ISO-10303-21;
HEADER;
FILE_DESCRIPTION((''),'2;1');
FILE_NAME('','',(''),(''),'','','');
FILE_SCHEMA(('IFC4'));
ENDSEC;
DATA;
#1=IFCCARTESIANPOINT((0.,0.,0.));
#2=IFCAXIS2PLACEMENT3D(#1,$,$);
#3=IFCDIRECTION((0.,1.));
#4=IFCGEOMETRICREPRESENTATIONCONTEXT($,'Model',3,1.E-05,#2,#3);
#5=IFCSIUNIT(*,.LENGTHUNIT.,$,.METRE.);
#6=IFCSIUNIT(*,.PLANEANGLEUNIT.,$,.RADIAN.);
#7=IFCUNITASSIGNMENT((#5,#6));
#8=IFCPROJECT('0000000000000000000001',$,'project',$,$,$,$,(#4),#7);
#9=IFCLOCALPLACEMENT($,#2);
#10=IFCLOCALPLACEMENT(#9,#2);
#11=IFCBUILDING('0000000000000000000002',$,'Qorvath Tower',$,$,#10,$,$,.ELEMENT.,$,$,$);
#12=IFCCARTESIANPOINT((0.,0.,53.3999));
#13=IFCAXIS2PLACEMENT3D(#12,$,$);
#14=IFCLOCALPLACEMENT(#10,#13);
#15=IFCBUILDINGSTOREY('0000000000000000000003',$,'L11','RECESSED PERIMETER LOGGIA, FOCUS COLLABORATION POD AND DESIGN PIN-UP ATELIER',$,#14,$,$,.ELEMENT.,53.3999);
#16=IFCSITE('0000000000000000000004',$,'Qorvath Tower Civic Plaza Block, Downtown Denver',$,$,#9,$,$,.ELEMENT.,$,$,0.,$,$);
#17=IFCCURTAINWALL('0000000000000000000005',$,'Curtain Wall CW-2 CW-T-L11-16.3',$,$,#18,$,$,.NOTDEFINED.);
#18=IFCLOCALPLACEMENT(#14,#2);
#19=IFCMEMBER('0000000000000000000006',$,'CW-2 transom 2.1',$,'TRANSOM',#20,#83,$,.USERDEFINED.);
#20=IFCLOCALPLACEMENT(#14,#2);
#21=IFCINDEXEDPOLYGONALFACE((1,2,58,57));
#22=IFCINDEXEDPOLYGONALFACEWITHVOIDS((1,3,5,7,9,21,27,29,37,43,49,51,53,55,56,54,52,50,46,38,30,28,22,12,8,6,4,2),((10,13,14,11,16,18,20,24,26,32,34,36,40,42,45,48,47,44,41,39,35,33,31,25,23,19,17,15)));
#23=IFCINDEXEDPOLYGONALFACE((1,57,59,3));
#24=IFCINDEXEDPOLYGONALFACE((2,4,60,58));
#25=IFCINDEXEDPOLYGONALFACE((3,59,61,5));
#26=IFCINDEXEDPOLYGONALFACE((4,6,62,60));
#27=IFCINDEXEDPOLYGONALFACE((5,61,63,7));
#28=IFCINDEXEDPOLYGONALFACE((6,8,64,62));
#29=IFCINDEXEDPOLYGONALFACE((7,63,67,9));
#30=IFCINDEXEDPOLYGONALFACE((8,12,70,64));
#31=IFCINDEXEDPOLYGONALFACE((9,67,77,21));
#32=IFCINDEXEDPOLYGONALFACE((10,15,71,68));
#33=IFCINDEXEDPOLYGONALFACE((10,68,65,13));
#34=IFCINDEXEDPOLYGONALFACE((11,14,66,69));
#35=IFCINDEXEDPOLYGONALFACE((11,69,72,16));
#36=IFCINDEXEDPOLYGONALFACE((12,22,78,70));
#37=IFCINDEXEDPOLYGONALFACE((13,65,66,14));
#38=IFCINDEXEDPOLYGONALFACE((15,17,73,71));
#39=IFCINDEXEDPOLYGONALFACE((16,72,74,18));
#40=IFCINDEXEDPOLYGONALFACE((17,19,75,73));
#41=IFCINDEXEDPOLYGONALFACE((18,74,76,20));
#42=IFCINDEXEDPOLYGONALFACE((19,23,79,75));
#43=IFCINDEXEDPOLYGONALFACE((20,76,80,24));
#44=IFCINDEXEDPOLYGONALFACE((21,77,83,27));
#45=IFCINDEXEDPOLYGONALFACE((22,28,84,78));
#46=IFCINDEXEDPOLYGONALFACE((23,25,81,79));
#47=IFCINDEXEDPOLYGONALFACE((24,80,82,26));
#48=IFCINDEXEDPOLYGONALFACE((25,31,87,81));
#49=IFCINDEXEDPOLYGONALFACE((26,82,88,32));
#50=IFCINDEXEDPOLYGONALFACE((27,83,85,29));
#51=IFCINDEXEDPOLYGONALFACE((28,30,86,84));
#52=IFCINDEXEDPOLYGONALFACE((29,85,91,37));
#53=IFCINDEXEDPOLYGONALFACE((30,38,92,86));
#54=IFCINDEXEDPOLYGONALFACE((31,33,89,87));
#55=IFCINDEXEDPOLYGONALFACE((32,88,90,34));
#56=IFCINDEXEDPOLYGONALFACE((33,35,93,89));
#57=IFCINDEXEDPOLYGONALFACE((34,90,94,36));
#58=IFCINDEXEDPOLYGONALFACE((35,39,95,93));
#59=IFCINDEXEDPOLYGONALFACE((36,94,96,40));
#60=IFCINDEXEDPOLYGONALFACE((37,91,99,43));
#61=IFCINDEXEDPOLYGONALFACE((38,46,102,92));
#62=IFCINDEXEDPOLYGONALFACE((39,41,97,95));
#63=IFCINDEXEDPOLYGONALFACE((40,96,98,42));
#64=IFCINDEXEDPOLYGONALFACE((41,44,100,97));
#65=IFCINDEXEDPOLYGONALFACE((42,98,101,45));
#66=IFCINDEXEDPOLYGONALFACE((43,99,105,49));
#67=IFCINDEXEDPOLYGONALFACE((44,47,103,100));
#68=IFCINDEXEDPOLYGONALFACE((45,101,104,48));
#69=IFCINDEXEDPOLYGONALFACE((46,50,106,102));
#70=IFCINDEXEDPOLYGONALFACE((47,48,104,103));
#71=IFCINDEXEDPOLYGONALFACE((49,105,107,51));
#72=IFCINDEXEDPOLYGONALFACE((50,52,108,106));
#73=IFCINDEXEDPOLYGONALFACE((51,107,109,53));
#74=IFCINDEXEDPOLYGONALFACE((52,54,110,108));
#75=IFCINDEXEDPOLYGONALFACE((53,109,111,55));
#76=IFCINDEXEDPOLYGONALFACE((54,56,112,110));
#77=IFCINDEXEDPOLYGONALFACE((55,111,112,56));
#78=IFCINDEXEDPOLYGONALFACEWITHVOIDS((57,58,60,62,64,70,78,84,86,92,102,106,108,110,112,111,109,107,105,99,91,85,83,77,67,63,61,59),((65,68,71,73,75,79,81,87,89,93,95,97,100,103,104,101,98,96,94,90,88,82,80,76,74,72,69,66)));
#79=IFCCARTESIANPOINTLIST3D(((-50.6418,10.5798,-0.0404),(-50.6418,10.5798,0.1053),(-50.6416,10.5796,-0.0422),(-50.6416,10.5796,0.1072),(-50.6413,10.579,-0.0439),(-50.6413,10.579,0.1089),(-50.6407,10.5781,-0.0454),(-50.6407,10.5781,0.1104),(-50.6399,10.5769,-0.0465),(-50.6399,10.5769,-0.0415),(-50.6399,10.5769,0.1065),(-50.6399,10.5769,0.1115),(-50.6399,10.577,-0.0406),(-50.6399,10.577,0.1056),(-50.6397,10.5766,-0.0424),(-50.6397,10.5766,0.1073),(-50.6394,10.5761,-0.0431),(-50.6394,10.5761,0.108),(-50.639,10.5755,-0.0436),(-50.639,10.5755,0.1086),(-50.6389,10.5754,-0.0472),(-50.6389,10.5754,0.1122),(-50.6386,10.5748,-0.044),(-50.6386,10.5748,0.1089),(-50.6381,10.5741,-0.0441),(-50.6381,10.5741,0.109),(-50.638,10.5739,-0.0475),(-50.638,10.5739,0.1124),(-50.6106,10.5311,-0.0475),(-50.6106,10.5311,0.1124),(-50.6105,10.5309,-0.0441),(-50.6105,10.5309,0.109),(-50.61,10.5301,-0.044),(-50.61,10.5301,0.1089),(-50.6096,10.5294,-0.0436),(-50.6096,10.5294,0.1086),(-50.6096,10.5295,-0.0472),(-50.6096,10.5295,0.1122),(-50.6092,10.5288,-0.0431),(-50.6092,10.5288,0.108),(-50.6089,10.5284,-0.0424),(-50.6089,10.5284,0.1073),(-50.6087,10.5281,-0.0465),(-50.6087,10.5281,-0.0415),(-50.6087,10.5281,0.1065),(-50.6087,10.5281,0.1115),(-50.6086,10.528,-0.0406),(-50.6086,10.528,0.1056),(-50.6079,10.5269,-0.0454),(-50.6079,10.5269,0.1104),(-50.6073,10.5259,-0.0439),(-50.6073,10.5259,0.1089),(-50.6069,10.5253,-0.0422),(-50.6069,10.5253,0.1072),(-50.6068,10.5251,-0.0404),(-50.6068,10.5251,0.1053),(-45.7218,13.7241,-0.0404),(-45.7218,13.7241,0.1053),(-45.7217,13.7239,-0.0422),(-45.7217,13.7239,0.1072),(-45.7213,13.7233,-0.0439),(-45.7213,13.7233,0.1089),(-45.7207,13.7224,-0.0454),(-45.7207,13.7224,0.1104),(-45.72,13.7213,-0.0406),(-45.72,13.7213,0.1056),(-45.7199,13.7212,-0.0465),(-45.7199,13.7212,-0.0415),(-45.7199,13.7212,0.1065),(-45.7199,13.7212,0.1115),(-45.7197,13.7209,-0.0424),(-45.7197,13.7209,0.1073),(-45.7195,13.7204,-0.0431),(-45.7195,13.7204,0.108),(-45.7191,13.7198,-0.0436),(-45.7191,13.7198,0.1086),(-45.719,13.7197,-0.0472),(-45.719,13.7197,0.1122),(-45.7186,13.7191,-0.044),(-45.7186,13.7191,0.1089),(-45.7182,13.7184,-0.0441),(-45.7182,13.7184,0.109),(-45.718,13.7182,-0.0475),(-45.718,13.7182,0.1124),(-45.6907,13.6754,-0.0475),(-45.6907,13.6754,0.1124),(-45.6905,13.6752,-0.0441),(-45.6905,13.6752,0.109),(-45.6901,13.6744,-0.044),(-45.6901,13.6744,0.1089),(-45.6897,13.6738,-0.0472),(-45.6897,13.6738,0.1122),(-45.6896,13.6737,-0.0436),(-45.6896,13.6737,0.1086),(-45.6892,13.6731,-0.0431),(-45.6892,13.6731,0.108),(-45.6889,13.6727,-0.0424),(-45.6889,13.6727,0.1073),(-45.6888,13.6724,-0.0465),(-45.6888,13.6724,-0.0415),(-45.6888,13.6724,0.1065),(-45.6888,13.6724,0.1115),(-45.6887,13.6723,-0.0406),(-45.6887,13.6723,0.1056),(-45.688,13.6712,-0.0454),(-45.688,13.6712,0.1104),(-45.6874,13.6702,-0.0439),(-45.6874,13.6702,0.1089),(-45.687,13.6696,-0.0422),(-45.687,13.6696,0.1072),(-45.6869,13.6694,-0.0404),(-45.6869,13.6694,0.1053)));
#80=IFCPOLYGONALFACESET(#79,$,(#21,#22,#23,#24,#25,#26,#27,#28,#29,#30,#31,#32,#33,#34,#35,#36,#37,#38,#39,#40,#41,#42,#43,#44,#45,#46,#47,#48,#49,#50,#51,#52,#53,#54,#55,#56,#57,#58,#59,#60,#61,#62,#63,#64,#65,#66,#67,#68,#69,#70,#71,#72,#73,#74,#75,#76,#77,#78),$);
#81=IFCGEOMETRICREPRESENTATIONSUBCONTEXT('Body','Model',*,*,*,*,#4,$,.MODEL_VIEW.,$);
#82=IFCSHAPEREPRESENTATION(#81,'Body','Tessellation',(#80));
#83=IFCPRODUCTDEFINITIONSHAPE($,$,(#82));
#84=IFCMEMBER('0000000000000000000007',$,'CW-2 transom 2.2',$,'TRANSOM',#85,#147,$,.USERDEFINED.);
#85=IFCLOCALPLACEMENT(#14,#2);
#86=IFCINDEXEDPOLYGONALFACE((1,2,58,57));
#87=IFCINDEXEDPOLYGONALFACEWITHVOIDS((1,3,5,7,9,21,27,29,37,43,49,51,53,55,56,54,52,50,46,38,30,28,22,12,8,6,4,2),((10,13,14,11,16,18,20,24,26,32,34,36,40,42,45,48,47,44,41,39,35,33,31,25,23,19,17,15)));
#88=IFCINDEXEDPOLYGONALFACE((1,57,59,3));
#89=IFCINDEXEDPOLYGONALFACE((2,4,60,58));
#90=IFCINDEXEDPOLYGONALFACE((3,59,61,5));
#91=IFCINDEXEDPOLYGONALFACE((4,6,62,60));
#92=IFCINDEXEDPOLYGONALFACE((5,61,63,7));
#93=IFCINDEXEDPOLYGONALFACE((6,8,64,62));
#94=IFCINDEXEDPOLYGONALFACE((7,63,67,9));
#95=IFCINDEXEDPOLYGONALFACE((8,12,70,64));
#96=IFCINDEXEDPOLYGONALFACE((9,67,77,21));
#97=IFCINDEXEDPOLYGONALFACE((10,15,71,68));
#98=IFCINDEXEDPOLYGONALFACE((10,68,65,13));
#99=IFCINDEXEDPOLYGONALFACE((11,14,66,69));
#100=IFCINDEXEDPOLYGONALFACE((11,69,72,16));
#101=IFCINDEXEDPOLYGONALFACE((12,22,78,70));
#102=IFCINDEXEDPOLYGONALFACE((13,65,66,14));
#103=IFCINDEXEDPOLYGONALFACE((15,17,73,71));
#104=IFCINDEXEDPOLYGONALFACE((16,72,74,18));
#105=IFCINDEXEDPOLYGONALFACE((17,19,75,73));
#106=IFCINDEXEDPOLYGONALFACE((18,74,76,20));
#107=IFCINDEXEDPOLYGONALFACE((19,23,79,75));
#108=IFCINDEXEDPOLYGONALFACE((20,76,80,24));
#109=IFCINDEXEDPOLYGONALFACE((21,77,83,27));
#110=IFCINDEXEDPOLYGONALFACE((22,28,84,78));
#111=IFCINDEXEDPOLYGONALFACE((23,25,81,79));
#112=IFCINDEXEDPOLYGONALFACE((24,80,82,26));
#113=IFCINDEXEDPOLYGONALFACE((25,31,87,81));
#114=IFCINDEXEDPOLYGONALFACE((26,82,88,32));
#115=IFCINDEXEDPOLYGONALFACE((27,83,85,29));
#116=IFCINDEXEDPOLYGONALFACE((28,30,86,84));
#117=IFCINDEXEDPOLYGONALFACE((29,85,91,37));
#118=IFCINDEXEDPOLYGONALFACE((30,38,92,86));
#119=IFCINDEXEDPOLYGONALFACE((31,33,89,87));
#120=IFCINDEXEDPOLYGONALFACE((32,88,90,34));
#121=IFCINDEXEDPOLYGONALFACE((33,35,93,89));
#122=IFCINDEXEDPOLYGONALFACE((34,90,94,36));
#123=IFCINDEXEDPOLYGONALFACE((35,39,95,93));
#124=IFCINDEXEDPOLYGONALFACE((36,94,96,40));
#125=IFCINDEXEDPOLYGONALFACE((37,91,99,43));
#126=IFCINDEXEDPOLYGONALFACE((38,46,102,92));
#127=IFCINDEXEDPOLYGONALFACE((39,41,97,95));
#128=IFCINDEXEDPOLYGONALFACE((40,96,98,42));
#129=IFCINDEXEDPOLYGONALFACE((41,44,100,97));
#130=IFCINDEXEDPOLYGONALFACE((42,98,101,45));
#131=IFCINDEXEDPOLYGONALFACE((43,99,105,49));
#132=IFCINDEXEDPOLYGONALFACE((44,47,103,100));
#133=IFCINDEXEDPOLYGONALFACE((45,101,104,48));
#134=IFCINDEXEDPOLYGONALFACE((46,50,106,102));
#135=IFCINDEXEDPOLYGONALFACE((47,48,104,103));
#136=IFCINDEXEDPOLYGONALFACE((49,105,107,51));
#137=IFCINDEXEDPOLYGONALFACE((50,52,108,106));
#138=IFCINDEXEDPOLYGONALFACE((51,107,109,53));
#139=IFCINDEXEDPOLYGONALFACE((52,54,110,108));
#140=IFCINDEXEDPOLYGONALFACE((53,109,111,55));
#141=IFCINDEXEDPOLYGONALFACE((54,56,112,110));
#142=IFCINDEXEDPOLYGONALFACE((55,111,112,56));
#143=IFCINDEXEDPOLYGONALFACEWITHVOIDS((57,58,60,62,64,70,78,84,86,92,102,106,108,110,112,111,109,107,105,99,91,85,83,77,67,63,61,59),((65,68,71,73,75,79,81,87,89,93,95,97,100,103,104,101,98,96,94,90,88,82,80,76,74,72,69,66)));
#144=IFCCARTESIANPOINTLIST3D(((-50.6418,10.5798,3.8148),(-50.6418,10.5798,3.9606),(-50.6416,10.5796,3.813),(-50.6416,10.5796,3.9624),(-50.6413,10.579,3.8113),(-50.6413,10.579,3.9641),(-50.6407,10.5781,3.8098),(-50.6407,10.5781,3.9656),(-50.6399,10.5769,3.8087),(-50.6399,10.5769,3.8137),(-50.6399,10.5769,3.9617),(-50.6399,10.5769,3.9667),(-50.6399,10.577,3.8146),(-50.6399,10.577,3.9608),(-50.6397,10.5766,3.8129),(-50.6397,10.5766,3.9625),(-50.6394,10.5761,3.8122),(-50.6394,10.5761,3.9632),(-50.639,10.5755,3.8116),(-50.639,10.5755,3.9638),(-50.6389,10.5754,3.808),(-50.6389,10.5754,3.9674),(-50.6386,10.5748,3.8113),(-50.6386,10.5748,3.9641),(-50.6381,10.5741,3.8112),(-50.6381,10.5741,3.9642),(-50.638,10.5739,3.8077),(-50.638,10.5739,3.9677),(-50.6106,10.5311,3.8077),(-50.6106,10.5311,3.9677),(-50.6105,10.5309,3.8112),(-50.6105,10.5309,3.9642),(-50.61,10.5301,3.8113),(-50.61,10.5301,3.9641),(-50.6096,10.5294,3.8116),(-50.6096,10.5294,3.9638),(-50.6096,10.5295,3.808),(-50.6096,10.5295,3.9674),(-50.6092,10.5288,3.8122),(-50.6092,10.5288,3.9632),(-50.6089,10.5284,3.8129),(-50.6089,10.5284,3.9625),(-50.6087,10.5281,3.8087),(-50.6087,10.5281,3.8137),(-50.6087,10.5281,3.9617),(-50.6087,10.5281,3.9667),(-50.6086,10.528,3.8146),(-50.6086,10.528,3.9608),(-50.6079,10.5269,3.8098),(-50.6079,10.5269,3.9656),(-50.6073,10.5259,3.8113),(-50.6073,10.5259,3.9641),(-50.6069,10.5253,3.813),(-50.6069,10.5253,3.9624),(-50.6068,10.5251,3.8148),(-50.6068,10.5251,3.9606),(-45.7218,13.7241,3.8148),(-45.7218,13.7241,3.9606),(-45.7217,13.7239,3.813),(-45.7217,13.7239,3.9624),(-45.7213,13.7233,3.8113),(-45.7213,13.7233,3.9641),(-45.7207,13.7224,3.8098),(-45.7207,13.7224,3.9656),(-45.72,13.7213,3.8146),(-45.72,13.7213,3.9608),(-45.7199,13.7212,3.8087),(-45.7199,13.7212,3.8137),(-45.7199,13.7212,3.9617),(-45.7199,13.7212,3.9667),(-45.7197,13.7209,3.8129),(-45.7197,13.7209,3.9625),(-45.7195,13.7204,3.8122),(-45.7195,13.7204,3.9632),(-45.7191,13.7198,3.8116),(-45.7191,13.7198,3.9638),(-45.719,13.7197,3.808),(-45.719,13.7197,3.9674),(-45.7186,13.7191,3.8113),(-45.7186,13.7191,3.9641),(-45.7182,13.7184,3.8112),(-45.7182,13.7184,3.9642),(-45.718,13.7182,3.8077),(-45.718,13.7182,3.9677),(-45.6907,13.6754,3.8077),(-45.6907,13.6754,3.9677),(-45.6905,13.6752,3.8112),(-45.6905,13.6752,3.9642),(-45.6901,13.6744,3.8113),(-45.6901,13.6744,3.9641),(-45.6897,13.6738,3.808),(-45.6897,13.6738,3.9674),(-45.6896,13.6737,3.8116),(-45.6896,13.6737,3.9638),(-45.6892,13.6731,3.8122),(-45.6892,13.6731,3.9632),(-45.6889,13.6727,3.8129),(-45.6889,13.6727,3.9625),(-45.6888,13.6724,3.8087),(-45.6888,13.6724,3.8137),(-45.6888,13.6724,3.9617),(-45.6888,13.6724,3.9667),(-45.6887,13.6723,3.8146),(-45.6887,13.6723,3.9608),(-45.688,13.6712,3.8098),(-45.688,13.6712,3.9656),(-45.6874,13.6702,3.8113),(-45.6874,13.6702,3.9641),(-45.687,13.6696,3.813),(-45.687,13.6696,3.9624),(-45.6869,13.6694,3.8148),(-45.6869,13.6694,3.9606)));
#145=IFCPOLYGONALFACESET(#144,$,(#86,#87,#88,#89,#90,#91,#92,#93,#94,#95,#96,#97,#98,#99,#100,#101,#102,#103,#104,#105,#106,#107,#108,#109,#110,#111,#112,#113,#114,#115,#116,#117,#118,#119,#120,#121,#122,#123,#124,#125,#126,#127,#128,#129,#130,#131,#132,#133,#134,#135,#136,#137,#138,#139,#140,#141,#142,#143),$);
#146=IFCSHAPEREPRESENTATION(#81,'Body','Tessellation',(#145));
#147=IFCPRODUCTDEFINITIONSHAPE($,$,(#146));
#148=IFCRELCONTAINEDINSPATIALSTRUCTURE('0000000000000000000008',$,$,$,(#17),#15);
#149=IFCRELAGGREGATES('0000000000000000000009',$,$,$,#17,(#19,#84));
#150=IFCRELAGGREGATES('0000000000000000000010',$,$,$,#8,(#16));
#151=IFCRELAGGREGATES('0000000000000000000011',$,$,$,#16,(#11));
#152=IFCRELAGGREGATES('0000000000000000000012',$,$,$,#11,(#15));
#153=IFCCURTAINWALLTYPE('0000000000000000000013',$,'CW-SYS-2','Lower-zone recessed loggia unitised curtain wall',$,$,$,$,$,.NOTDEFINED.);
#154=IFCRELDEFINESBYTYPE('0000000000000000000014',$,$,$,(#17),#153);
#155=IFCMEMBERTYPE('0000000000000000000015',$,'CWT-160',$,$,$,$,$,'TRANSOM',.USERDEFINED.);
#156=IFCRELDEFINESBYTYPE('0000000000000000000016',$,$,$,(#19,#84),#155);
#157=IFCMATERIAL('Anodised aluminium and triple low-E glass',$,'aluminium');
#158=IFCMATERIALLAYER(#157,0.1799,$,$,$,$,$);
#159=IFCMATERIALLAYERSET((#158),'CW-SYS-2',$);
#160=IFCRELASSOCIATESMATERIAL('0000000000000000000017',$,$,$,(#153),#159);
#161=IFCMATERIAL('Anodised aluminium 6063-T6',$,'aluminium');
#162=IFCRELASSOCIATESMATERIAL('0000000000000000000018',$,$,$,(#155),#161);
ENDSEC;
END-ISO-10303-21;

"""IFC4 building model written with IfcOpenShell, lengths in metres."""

from ifc_helpers import new_model, si_unit, direction, frame, origin, origin_2d, place, context, subcontext, project, spatial, hollow_rectangle, extrude, material, layer, layer_set, material_profile, profile_set, type_object, element, aggregate, save


model = new_model("IFC4")

# Units and contexts
model_context = context("Model", 3, precision=1e-05, world=origin(), true_north=direction((0.0, 1.0)))
body_context = subcontext(model_context, "Body", "Model", "MODEL_VIEW")
ifc_project = project(units=[si_unit("LENGTHUNIT", "METRE"), si_unit("PLANEANGLEUNIT", "RADIAN")], contexts=[model_context])

# Site, building, storey
site_placement = place(None, origin())
site = spatial("IfcSite", under=ifc_project, at=site_placement, Name="Qorvath Tower Civic Plaza Block, Downtown Denver", CompositionType="ELEMENT", RefElevation=0.0)
building_placement = place(site_placement, origin())
building = spatial("IfcBuilding", under=site, at=building_placement, Name="Qorvath Tower", CompositionType="ELEMENT")
storey_placement = place(building_placement, frame((0.0, 0.0, 53.3999)))
storey = spatial("IfcBuildingStorey", under=building, at=storey_placement, Name="L11", Description="RECESSED PERIMETER LOGGIA, FOCUS COLLABORATION POD AND DESIGN PIN-UP ATELIER", CompositionType="ELEMENT", Elevation=53.3999)

# Curtain wall, members
ifc_material_1 = material(Name="Anodised aluminium and triple low-E glass", Category="aluminium")
ifc_layer_1 = layer(ifc_material_1, 0.1799)
ifc_layer_set_1 = layer_set([ifc_layer_1], Name="CW-SYS-2")
curtain_wall_type = type_object("IfcCurtainWallType", Name="CW-SYS-2", Description="Lower-zone recessed loggia unitised curtain wall", PredefinedType="NOTDEFINED", material=ifc_layer_set_1)
curtain_wall_placement = place(storey_placement, origin())
curtain_wall = element("IfcCurtainWall", 1, at=curtain_wall_placement, inside=storey, type_object=curtain_wall_type, Name="Curtain Wall CW-2 CW-T-L11-16.3", PredefinedType="NOTDEFINED")
ifc_material_2 = material(Name="Anodised aluminium 6063-T6", Category="aluminium")
ifc_material_profile_1 = material_profile(ifc_material_2, hollow_rectangle(XDim=0.0649, YDim=0.1599, WallThickness=0.0034, InnerFilletRadius=0.0034, OuterFilletRadius=0.0071, at=origin_2d()), Name="CWT 160x65")
ifc_profile_set_1 = profile_set([ifc_material_profile_1], Name="Anodised aluminium 6063-T6")
member_type_1 = type_object("IfcMemberType", Name="CWT-160", ElementType="TRANSOM", PredefinedType="USERDEFINED", material=ifc_profile_set_1)
member_1_placement = place(storey_placement, frame((-45.7043, 13.6968, 0.0325), z_axis=(-0.842618, -0.538511, 0.0), x_axis=(0.538511, -0.842618, 0.0)))
member_1 = element("IfcMember", 2, at=member_1_placement, type_object=member_type_1, Name="CW-2 transom 2.1", ObjectType="TRANSOM", PredefinedType="USERDEFINED", context=body_context, shape_type="SweptSolid", body=[
    extrude(hollow_rectangle(XDim=0.0649, YDim=0.1599, WallThickness=0.0034, InnerFilletRadius=0.0034, OuterFilletRadius=0.0071, at=origin_2d()), origin(), (0.0, 0.0, 1.0), 5.8389),
])
member_2_placement = place(storey_placement, frame((-45.7043, 13.6968, 3.8877), z_axis=(-0.842618, -0.538511, 0.0), x_axis=(0.538511, -0.842618, 0.0)))
member_2 = element("IfcMember", 3, at=member_2_placement, type_object=member_type_1, Name="CW-2 transom 2.2", ObjectType="TRANSOM", PredefinedType="USERDEFINED", context=body_context, shape_type="SweptSolid", body=[
    extrude(hollow_rectangle(XDim=0.0649, YDim=0.1599, WallThickness=0.0034, InnerFilletRadius=0.0034, OuterFilletRadius=0.0071, at=origin_2d()), origin(), (0.0, 0.0, 1.0), 5.8389),
])
aggregate(curtain_wall, [member_1, member_2])

save(model, "model.ifc")
